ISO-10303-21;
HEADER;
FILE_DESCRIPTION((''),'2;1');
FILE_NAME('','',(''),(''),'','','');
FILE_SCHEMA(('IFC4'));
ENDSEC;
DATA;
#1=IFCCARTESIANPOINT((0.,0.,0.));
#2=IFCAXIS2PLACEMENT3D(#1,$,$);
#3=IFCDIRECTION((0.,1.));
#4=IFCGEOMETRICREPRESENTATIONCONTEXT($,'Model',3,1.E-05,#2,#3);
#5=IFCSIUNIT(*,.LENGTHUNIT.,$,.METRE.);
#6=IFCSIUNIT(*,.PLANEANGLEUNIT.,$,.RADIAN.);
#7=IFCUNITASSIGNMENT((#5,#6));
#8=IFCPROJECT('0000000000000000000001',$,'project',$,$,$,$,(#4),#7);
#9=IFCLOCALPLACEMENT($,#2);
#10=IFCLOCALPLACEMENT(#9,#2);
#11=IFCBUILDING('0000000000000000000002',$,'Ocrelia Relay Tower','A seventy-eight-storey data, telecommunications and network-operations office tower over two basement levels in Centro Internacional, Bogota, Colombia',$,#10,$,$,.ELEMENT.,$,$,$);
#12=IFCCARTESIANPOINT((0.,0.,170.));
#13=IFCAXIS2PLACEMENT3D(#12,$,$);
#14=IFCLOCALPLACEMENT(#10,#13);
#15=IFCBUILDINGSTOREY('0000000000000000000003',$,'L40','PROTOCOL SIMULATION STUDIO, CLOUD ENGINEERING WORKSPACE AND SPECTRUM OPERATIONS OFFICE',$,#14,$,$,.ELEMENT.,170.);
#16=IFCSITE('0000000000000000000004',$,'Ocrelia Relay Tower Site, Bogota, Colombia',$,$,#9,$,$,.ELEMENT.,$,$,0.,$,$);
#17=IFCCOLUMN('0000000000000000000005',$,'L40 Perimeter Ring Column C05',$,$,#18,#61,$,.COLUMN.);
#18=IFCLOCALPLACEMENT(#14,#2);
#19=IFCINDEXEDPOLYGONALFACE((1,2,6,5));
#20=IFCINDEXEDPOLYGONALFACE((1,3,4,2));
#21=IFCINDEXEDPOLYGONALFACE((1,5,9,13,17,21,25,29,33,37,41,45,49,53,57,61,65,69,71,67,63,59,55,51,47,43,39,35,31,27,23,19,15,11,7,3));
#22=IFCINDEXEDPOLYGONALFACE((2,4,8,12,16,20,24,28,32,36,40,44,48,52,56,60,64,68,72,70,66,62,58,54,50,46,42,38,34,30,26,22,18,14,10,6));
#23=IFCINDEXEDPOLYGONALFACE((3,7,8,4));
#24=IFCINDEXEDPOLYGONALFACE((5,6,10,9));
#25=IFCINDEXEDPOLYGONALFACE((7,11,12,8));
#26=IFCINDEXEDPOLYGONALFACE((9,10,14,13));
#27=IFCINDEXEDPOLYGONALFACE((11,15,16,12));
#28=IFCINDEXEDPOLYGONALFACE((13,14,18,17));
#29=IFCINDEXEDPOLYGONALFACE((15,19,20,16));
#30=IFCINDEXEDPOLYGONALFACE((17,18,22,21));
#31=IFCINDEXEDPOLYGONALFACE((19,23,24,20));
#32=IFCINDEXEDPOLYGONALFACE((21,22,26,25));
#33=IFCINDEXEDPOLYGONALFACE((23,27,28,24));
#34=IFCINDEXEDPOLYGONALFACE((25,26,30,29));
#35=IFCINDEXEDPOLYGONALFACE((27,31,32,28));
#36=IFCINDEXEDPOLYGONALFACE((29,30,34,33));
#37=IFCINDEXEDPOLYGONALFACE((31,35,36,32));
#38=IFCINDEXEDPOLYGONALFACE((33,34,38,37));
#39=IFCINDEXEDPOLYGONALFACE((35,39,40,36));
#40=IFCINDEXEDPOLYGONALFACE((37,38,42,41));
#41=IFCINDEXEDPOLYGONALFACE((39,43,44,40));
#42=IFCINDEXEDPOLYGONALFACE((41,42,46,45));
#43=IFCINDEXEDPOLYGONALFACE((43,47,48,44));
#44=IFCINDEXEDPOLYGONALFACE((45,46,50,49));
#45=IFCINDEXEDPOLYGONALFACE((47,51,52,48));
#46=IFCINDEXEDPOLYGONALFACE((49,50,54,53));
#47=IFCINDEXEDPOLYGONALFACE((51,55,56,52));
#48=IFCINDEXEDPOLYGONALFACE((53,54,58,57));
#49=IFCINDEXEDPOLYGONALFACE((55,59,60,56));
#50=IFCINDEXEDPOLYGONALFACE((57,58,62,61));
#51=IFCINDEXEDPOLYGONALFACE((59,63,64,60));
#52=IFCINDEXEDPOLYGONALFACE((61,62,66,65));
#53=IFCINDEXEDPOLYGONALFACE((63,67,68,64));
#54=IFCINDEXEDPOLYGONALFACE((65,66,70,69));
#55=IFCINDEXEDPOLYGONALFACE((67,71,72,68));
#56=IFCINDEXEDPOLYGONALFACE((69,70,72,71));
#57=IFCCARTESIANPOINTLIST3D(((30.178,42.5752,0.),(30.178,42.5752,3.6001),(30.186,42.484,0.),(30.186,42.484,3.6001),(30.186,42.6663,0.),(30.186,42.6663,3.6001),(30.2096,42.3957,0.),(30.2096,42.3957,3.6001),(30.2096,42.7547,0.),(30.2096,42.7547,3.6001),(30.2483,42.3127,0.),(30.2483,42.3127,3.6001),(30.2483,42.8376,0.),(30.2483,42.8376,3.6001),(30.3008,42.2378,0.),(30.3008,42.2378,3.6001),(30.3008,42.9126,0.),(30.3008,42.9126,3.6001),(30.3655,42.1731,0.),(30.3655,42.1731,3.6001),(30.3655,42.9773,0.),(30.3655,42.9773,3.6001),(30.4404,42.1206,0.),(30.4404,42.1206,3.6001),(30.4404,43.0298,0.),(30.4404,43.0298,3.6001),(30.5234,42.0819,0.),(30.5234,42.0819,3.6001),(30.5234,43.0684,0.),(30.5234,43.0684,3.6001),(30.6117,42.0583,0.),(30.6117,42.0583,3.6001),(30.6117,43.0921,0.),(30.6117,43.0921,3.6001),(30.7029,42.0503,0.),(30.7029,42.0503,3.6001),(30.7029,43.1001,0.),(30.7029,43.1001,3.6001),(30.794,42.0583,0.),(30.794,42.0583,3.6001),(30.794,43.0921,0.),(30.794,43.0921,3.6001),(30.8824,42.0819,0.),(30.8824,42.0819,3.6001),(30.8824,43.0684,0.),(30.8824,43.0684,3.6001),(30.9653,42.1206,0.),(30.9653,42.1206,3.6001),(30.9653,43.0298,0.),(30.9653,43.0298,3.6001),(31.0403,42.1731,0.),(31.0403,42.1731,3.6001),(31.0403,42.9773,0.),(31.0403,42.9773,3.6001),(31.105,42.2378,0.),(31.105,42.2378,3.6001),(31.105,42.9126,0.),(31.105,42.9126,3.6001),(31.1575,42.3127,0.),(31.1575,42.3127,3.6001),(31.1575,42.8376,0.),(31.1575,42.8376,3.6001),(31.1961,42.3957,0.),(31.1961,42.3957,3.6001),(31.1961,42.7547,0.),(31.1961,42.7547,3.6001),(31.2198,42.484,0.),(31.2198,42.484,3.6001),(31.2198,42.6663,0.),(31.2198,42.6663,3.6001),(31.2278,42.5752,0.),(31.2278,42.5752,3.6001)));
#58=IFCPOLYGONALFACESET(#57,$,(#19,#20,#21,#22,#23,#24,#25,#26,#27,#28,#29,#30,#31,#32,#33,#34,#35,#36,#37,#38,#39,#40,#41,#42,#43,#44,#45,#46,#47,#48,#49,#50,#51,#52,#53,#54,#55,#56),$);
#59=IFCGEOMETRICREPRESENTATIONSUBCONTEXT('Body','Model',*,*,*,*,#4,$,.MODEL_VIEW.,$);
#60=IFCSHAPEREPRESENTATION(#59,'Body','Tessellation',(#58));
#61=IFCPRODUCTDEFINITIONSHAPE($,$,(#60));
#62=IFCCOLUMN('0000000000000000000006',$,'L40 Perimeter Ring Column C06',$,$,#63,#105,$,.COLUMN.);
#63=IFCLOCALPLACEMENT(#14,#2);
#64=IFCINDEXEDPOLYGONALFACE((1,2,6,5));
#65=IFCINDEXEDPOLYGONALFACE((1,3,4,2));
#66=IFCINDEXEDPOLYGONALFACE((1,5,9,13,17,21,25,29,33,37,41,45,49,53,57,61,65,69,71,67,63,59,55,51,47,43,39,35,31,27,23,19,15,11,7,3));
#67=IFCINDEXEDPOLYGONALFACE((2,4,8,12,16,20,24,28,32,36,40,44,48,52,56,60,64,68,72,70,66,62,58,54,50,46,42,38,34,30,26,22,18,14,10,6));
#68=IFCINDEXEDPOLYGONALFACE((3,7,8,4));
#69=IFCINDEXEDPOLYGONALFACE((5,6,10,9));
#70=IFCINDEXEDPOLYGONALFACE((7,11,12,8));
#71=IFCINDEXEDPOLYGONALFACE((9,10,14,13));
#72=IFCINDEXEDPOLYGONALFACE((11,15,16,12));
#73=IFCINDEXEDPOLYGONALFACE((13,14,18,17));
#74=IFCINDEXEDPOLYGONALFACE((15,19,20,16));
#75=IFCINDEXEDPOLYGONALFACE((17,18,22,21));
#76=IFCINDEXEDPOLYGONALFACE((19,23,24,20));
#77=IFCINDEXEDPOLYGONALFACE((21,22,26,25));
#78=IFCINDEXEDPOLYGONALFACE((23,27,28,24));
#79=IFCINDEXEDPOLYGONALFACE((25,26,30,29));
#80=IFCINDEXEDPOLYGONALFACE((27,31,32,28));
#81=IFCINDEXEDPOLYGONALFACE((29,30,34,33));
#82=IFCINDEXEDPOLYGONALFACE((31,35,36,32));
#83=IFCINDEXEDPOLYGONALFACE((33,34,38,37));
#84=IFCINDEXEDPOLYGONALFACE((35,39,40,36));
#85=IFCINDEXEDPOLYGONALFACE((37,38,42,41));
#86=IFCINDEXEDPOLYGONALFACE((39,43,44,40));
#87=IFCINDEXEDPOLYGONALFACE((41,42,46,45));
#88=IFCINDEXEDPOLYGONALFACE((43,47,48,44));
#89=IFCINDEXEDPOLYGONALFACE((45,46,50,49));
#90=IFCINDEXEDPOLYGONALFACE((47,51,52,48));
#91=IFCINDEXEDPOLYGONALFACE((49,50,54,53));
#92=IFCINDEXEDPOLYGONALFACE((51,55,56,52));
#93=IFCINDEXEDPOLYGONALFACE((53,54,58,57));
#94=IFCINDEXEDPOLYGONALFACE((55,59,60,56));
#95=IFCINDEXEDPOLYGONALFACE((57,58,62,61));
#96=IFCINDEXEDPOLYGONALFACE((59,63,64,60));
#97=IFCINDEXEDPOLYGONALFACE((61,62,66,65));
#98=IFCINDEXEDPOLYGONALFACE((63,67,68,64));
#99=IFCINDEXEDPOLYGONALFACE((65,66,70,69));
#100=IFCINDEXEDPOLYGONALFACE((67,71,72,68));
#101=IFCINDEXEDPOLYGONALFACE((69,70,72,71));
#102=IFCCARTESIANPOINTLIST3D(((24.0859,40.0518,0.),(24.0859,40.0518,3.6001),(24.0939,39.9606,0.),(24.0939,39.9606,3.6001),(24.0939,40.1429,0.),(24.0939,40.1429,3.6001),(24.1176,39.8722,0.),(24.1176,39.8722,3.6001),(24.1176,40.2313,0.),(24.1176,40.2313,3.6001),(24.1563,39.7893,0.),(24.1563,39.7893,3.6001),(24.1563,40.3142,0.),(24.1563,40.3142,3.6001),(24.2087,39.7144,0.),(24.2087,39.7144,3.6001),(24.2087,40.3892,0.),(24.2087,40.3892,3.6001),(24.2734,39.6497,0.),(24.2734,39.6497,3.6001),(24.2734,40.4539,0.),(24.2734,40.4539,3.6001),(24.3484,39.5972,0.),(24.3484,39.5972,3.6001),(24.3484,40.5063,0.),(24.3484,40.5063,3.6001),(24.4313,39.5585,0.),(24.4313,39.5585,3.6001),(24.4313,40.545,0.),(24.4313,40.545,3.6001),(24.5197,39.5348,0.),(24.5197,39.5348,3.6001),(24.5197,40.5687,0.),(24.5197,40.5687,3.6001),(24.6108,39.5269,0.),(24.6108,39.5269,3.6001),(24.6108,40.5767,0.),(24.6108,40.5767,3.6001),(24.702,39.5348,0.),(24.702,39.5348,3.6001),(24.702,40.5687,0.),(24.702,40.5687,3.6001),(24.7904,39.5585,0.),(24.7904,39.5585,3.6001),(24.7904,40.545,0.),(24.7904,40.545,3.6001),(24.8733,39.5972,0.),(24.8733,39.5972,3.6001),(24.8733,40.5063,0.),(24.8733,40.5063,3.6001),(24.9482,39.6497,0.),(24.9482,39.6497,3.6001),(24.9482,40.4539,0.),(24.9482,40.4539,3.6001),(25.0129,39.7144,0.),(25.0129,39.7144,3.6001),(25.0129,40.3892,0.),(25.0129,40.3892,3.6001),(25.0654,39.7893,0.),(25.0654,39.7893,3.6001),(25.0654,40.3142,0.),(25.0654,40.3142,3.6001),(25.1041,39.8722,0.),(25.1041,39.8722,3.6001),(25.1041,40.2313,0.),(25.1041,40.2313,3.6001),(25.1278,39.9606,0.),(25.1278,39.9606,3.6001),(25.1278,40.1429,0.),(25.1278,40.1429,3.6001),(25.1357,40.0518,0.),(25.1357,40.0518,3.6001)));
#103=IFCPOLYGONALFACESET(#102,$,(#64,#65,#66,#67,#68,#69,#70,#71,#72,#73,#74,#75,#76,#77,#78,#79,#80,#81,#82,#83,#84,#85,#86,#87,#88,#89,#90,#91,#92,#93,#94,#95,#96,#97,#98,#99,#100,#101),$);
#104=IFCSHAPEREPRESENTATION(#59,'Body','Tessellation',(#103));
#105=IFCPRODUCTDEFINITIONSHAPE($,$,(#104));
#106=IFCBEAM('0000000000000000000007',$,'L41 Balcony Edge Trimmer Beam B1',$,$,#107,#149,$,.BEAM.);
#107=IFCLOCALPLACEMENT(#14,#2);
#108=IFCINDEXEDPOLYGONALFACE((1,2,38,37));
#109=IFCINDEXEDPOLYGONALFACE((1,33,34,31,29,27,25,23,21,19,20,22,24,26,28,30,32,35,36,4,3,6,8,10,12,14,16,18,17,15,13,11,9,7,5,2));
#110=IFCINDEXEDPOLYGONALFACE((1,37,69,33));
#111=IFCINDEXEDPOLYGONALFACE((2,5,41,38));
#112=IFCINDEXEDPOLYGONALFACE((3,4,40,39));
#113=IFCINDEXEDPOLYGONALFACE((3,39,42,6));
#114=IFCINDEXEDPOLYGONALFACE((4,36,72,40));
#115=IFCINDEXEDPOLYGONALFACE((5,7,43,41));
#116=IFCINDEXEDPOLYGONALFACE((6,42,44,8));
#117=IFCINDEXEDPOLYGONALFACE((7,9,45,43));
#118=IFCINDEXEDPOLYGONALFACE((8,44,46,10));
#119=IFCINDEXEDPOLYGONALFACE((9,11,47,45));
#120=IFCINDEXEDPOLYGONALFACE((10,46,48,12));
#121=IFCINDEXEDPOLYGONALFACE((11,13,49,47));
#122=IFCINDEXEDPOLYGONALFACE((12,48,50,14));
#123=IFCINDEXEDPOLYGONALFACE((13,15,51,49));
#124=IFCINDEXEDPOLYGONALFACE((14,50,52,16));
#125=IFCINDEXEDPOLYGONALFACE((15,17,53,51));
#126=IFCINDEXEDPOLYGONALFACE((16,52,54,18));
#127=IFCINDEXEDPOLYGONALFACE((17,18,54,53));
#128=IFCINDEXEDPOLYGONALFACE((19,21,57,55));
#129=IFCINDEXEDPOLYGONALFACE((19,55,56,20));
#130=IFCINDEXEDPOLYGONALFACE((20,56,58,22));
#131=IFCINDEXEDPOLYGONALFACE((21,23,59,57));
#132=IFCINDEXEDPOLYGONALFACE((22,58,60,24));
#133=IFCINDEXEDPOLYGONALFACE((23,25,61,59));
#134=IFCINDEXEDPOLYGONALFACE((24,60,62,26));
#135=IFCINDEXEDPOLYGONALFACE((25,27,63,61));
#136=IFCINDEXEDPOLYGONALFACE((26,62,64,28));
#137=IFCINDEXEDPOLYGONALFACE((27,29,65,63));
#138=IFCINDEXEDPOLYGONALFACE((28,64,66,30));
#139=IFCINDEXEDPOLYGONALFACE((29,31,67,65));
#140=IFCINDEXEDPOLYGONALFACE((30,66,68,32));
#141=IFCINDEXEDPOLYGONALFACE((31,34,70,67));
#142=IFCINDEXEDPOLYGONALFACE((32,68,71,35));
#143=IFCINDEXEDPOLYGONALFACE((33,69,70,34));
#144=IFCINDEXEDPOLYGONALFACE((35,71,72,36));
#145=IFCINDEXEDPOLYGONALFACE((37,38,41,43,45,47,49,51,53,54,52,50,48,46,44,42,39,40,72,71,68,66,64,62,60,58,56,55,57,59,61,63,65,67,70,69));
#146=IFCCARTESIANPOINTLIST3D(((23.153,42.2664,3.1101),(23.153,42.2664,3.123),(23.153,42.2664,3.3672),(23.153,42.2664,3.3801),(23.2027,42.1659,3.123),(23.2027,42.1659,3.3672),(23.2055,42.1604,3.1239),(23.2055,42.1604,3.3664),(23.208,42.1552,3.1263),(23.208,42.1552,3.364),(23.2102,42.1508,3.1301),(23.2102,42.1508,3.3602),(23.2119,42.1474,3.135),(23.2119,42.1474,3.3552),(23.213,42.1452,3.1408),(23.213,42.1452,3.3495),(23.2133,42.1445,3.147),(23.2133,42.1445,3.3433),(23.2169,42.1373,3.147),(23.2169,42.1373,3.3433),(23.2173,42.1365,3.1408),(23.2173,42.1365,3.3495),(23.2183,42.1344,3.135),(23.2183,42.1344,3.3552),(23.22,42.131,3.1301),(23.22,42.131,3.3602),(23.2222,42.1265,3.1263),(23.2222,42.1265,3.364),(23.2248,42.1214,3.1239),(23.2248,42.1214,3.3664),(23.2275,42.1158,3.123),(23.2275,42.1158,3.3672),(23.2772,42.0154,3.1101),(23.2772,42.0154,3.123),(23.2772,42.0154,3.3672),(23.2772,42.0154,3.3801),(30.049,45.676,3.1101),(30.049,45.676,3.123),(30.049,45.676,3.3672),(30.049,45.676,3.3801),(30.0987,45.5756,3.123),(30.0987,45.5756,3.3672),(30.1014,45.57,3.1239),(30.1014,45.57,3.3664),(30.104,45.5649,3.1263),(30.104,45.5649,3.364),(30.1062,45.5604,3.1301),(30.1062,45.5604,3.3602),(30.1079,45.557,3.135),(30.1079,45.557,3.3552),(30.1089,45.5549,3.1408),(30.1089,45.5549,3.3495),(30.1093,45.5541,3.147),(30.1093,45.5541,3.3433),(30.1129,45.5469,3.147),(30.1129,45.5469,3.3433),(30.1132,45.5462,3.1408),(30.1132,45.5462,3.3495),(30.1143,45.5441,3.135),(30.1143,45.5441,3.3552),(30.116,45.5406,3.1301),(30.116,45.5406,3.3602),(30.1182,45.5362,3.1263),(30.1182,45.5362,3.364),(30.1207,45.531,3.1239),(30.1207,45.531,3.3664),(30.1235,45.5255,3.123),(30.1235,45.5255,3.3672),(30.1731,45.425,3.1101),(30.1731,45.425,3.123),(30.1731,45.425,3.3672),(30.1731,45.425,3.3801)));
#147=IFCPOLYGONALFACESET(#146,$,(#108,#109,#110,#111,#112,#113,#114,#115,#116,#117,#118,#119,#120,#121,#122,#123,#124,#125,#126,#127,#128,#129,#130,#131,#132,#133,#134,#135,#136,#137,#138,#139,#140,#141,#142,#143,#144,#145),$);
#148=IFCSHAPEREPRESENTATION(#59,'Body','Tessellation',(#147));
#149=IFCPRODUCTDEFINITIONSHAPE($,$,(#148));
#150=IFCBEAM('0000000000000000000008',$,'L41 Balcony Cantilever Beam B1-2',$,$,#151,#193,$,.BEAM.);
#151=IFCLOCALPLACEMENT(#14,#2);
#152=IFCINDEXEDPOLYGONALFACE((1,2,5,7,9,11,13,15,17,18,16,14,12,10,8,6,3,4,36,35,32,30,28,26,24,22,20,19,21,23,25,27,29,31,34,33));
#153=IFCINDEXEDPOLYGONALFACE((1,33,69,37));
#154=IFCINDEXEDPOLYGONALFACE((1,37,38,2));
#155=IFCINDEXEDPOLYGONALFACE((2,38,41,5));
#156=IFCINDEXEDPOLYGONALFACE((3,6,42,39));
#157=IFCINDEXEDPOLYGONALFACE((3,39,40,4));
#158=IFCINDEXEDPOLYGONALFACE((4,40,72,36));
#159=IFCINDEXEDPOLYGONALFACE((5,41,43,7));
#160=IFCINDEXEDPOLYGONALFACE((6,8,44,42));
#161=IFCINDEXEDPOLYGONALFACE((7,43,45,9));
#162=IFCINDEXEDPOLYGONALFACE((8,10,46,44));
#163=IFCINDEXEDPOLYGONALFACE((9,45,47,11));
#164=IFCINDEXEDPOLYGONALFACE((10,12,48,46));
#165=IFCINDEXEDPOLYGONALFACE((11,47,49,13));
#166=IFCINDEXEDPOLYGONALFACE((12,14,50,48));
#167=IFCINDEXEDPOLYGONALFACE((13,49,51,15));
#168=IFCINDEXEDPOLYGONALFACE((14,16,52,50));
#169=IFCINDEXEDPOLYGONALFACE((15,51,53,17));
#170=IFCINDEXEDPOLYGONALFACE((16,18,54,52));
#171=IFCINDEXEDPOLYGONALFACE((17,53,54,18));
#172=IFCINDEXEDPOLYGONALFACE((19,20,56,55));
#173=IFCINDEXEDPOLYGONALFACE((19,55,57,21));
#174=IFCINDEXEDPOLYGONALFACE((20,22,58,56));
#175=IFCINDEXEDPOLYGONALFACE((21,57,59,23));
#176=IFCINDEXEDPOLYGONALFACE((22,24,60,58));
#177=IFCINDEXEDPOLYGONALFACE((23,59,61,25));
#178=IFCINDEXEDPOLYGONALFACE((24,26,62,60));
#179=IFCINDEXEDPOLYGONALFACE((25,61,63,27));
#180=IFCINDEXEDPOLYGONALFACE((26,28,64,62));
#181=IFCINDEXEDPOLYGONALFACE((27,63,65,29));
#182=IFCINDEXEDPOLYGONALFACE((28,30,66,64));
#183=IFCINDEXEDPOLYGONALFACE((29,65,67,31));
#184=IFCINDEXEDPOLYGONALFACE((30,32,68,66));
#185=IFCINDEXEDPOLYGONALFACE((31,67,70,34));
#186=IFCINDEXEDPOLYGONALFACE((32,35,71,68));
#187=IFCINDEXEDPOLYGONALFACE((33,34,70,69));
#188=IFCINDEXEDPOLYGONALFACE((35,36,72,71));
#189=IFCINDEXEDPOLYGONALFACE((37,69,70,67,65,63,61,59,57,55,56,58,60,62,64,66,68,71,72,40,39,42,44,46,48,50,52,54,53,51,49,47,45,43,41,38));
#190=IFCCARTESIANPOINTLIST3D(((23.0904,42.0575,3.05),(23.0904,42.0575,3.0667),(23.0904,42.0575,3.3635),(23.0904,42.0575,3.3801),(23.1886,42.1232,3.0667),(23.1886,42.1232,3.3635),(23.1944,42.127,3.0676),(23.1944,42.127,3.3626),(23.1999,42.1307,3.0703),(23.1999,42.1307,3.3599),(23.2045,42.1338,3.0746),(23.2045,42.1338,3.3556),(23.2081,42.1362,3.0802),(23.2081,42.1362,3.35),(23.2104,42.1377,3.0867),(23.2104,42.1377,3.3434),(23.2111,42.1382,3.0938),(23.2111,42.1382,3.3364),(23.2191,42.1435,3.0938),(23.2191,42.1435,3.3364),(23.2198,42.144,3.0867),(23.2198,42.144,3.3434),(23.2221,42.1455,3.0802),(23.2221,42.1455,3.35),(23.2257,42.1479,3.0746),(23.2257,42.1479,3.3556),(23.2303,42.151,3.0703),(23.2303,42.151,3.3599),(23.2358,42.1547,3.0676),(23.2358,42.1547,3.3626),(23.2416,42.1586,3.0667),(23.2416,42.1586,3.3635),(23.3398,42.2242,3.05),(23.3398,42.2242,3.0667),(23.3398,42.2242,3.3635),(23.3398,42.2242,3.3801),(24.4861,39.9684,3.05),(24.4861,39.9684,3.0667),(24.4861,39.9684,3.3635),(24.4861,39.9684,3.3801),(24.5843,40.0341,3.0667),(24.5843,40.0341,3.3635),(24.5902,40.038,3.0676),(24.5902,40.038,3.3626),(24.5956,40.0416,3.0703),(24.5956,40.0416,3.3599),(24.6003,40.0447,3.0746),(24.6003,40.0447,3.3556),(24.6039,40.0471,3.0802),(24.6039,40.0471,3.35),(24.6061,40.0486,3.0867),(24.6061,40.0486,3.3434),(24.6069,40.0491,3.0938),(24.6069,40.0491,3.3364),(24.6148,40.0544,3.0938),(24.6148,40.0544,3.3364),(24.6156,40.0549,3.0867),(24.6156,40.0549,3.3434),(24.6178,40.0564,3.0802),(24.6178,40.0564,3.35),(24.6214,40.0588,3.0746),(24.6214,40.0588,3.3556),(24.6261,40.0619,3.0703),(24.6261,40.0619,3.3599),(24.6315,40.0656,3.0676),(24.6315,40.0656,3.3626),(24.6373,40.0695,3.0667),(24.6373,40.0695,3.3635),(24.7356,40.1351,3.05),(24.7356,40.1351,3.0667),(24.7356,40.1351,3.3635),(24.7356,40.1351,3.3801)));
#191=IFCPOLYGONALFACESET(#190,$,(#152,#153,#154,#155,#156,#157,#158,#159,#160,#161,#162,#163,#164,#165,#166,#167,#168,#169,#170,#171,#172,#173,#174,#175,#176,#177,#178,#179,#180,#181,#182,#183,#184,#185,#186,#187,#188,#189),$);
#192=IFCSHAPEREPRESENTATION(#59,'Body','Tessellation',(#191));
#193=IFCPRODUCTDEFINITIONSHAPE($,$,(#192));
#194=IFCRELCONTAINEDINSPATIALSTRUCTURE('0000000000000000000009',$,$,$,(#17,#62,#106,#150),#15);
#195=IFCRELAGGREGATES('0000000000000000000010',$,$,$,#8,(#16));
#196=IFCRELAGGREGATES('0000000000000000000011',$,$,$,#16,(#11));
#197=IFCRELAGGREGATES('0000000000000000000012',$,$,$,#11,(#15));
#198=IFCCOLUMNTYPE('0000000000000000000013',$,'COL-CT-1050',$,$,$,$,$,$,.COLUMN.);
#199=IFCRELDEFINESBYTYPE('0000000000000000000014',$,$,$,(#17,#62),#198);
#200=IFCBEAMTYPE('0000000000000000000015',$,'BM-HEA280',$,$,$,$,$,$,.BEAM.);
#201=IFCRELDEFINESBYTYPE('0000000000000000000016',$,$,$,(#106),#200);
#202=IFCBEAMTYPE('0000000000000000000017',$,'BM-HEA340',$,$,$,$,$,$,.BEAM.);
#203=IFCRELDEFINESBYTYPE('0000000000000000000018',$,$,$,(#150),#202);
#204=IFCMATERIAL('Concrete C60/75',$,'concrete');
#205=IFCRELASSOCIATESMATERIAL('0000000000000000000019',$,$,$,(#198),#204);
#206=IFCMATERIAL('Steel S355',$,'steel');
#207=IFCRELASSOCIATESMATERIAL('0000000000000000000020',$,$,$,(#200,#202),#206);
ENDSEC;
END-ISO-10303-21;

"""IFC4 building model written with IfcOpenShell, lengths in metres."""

from ifc_helpers import new_model, si_unit, direction, frame, origin, origin_2d, place, context, subcontext, project, spatial, circle, i_section, extrude, material, material_profile, profile_set, type_object, element, save


model = new_model("IFC4")

# Units and contexts
model_context = context("Model", 3, precision=1e-05, world=origin(), true_north=direction((0.0, 1.0)))
body_context = subcontext(model_context, "Body", "Model", "MODEL_VIEW")
ifc_project = project(units=[si_unit("LENGTHUNIT", "METRE"), si_unit("PLANEANGLEUNIT", "RADIAN")], contexts=[model_context])

# Site, building, storey
site_placement = place(None, origin())
site = spatial("IfcSite", under=ifc_project, at=site_placement, Name="Ocrelia Relay Tower Site, Bogota, Colombia", CompositionType="ELEMENT", RefElevation=0.0)
building_placement = place(site_placement, origin())
building = spatial("IfcBuilding", under=site, at=building_placement, Name="Ocrelia Relay Tower", Description="A seventy-eight-storey data, telecommunications and network-operations office tower over two basement levels in Centro Internacional, Bogota, Colombia", CompositionType="ELEMENT")
storey_placement = place(building_placement, frame((0.0, 0.0, 170.0)))
storey = spatial("IfcBuildingStorey", under=building, at=storey_placement, Name="L40", Description="PROTOCOL SIMULATION STUDIO, CLOUD ENGINEERING WORKSPACE AND SPECTRUM OPERATIONS OFFICE", CompositionType="ELEMENT", Elevation=170.0)

# Columns
ifc_material_1 = material(Name="Concrete C60/75", Category="concrete")
ifc_material_profile_1 = material_profile(ifc_material_1, circle(Radius=0.5249, at=origin_2d()), Name="RC-CIR-1050")
ifc_profile_set_1 = profile_set([ifc_material_profile_1], Name="Concrete C60/75")
column_type = type_object("IfcColumnType", Name="COL-CT-1050", PredefinedType="COLUMN", material=ifc_profile_set_1)
for number, where, z_axis, x_axis, name in (
    (1, (30.7029, 42.5752, 0.0), (0.0, 0.0, 1.0), (1.0, 0.0, 0.0), "L40 Perimeter Ring Column C05"),
    (2, (24.6108, 40.0518, 0.0), (0.0, 0.0, 1.0), (1.0, 0.0, 0.0), "L40 Perimeter Ring Column C06"),
):
    element("IfcColumn", number, at=place(storey_placement, frame(where, z_axis=z_axis, x_axis=x_axis)), inside=storey, type_object=column_type, Name=name, PredefinedType="COLUMN", context=body_context, shape_type="SweptSolid", body=[
        extrude(circle(Radius=0.5249, at=origin_2d()), origin(), (0.0, 0.0, 1.0), 3.6001),
    ])

# Beams
ifc_material_2 = material(Name="Steel S355", Category="steel")
ifc_material_profile_2 = material_profile(ifc_material_2, i_section(OverallWidth=0.28, OverallDepth=0.27, WebThickness=0.0081, FlangeThickness=0.0129, FilletRadius=0.0239, at=origin_2d()), Name="HEA 280")
ifc_profile_set_2 = profile_set([ifc_material_profile_2], Name="Steel S355")
beam_type_1 = type_object("IfcBeamType", Name="BM-HEA280", PredefinedType="BEAM", material=ifc_profile_set_2)
beam_1_placement = place(storey_placement, frame((30.1111, 45.5505, 3.2451), z_axis=(-0.896411, -0.443223, 0.0), x_axis=(0.443223, -0.896411, 0.0)))
element("IfcBeam", 3, at=beam_1_placement, inside=storey, type_object=beam_type_1, Name="L41 Balcony Edge Trimmer Beam B1", PredefinedType="BEAM", context=body_context, shape_type="SweptSolid", body=[
    extrude(i_section(OverallWidth=0.28, OverallDepth=0.27, WebThickness=0.0081, FlangeThickness=0.0129, FilletRadius=0.0239, at=origin_2d()), origin(), (0.0, 0.0, 1.0), 7.6929),
])
ifc_material_profile_3 = material_profile(ifc_material_2, i_section(OverallWidth=0.3, OverallDepth=0.3301, WebThickness=0.0095, FlangeThickness=0.0166, FilletRadius=0.0271, at=origin_2d()), Name="HEA 340")
ifc_profile_set_3 = profile_set([ifc_material_profile_3], Name="Steel S355")
beam_type_2 = type_object("IfcBeamType", Name="BM-HEA340", PredefinedType="BEAM", material=ifc_profile_set_3)
beam_2_placement = place(storey_placement, frame((24.6108, 40.0518, 3.2151), z_axis=(-0.55553, 0.831497, 0.0), x_axis=(-0.831497, -0.55553, 0.0)))
element("IfcBeam", 4, at=beam_2_placement, inside=storey, type_object=beam_type_2, Name="L41 Balcony Cantilever Beam B1-2", PredefinedType="BEAM", context=body_context, shape_type="SweptSolid", body=[
    extrude(i_section(OverallWidth=0.3, OverallDepth=0.3301, WebThickness=0.0095, FlangeThickness=0.0166, FilletRadius=0.0271, at=origin_2d()), origin(), (0.0, 0.0, 1.0), 2.5125),
])

save(model, "model.ifc")
